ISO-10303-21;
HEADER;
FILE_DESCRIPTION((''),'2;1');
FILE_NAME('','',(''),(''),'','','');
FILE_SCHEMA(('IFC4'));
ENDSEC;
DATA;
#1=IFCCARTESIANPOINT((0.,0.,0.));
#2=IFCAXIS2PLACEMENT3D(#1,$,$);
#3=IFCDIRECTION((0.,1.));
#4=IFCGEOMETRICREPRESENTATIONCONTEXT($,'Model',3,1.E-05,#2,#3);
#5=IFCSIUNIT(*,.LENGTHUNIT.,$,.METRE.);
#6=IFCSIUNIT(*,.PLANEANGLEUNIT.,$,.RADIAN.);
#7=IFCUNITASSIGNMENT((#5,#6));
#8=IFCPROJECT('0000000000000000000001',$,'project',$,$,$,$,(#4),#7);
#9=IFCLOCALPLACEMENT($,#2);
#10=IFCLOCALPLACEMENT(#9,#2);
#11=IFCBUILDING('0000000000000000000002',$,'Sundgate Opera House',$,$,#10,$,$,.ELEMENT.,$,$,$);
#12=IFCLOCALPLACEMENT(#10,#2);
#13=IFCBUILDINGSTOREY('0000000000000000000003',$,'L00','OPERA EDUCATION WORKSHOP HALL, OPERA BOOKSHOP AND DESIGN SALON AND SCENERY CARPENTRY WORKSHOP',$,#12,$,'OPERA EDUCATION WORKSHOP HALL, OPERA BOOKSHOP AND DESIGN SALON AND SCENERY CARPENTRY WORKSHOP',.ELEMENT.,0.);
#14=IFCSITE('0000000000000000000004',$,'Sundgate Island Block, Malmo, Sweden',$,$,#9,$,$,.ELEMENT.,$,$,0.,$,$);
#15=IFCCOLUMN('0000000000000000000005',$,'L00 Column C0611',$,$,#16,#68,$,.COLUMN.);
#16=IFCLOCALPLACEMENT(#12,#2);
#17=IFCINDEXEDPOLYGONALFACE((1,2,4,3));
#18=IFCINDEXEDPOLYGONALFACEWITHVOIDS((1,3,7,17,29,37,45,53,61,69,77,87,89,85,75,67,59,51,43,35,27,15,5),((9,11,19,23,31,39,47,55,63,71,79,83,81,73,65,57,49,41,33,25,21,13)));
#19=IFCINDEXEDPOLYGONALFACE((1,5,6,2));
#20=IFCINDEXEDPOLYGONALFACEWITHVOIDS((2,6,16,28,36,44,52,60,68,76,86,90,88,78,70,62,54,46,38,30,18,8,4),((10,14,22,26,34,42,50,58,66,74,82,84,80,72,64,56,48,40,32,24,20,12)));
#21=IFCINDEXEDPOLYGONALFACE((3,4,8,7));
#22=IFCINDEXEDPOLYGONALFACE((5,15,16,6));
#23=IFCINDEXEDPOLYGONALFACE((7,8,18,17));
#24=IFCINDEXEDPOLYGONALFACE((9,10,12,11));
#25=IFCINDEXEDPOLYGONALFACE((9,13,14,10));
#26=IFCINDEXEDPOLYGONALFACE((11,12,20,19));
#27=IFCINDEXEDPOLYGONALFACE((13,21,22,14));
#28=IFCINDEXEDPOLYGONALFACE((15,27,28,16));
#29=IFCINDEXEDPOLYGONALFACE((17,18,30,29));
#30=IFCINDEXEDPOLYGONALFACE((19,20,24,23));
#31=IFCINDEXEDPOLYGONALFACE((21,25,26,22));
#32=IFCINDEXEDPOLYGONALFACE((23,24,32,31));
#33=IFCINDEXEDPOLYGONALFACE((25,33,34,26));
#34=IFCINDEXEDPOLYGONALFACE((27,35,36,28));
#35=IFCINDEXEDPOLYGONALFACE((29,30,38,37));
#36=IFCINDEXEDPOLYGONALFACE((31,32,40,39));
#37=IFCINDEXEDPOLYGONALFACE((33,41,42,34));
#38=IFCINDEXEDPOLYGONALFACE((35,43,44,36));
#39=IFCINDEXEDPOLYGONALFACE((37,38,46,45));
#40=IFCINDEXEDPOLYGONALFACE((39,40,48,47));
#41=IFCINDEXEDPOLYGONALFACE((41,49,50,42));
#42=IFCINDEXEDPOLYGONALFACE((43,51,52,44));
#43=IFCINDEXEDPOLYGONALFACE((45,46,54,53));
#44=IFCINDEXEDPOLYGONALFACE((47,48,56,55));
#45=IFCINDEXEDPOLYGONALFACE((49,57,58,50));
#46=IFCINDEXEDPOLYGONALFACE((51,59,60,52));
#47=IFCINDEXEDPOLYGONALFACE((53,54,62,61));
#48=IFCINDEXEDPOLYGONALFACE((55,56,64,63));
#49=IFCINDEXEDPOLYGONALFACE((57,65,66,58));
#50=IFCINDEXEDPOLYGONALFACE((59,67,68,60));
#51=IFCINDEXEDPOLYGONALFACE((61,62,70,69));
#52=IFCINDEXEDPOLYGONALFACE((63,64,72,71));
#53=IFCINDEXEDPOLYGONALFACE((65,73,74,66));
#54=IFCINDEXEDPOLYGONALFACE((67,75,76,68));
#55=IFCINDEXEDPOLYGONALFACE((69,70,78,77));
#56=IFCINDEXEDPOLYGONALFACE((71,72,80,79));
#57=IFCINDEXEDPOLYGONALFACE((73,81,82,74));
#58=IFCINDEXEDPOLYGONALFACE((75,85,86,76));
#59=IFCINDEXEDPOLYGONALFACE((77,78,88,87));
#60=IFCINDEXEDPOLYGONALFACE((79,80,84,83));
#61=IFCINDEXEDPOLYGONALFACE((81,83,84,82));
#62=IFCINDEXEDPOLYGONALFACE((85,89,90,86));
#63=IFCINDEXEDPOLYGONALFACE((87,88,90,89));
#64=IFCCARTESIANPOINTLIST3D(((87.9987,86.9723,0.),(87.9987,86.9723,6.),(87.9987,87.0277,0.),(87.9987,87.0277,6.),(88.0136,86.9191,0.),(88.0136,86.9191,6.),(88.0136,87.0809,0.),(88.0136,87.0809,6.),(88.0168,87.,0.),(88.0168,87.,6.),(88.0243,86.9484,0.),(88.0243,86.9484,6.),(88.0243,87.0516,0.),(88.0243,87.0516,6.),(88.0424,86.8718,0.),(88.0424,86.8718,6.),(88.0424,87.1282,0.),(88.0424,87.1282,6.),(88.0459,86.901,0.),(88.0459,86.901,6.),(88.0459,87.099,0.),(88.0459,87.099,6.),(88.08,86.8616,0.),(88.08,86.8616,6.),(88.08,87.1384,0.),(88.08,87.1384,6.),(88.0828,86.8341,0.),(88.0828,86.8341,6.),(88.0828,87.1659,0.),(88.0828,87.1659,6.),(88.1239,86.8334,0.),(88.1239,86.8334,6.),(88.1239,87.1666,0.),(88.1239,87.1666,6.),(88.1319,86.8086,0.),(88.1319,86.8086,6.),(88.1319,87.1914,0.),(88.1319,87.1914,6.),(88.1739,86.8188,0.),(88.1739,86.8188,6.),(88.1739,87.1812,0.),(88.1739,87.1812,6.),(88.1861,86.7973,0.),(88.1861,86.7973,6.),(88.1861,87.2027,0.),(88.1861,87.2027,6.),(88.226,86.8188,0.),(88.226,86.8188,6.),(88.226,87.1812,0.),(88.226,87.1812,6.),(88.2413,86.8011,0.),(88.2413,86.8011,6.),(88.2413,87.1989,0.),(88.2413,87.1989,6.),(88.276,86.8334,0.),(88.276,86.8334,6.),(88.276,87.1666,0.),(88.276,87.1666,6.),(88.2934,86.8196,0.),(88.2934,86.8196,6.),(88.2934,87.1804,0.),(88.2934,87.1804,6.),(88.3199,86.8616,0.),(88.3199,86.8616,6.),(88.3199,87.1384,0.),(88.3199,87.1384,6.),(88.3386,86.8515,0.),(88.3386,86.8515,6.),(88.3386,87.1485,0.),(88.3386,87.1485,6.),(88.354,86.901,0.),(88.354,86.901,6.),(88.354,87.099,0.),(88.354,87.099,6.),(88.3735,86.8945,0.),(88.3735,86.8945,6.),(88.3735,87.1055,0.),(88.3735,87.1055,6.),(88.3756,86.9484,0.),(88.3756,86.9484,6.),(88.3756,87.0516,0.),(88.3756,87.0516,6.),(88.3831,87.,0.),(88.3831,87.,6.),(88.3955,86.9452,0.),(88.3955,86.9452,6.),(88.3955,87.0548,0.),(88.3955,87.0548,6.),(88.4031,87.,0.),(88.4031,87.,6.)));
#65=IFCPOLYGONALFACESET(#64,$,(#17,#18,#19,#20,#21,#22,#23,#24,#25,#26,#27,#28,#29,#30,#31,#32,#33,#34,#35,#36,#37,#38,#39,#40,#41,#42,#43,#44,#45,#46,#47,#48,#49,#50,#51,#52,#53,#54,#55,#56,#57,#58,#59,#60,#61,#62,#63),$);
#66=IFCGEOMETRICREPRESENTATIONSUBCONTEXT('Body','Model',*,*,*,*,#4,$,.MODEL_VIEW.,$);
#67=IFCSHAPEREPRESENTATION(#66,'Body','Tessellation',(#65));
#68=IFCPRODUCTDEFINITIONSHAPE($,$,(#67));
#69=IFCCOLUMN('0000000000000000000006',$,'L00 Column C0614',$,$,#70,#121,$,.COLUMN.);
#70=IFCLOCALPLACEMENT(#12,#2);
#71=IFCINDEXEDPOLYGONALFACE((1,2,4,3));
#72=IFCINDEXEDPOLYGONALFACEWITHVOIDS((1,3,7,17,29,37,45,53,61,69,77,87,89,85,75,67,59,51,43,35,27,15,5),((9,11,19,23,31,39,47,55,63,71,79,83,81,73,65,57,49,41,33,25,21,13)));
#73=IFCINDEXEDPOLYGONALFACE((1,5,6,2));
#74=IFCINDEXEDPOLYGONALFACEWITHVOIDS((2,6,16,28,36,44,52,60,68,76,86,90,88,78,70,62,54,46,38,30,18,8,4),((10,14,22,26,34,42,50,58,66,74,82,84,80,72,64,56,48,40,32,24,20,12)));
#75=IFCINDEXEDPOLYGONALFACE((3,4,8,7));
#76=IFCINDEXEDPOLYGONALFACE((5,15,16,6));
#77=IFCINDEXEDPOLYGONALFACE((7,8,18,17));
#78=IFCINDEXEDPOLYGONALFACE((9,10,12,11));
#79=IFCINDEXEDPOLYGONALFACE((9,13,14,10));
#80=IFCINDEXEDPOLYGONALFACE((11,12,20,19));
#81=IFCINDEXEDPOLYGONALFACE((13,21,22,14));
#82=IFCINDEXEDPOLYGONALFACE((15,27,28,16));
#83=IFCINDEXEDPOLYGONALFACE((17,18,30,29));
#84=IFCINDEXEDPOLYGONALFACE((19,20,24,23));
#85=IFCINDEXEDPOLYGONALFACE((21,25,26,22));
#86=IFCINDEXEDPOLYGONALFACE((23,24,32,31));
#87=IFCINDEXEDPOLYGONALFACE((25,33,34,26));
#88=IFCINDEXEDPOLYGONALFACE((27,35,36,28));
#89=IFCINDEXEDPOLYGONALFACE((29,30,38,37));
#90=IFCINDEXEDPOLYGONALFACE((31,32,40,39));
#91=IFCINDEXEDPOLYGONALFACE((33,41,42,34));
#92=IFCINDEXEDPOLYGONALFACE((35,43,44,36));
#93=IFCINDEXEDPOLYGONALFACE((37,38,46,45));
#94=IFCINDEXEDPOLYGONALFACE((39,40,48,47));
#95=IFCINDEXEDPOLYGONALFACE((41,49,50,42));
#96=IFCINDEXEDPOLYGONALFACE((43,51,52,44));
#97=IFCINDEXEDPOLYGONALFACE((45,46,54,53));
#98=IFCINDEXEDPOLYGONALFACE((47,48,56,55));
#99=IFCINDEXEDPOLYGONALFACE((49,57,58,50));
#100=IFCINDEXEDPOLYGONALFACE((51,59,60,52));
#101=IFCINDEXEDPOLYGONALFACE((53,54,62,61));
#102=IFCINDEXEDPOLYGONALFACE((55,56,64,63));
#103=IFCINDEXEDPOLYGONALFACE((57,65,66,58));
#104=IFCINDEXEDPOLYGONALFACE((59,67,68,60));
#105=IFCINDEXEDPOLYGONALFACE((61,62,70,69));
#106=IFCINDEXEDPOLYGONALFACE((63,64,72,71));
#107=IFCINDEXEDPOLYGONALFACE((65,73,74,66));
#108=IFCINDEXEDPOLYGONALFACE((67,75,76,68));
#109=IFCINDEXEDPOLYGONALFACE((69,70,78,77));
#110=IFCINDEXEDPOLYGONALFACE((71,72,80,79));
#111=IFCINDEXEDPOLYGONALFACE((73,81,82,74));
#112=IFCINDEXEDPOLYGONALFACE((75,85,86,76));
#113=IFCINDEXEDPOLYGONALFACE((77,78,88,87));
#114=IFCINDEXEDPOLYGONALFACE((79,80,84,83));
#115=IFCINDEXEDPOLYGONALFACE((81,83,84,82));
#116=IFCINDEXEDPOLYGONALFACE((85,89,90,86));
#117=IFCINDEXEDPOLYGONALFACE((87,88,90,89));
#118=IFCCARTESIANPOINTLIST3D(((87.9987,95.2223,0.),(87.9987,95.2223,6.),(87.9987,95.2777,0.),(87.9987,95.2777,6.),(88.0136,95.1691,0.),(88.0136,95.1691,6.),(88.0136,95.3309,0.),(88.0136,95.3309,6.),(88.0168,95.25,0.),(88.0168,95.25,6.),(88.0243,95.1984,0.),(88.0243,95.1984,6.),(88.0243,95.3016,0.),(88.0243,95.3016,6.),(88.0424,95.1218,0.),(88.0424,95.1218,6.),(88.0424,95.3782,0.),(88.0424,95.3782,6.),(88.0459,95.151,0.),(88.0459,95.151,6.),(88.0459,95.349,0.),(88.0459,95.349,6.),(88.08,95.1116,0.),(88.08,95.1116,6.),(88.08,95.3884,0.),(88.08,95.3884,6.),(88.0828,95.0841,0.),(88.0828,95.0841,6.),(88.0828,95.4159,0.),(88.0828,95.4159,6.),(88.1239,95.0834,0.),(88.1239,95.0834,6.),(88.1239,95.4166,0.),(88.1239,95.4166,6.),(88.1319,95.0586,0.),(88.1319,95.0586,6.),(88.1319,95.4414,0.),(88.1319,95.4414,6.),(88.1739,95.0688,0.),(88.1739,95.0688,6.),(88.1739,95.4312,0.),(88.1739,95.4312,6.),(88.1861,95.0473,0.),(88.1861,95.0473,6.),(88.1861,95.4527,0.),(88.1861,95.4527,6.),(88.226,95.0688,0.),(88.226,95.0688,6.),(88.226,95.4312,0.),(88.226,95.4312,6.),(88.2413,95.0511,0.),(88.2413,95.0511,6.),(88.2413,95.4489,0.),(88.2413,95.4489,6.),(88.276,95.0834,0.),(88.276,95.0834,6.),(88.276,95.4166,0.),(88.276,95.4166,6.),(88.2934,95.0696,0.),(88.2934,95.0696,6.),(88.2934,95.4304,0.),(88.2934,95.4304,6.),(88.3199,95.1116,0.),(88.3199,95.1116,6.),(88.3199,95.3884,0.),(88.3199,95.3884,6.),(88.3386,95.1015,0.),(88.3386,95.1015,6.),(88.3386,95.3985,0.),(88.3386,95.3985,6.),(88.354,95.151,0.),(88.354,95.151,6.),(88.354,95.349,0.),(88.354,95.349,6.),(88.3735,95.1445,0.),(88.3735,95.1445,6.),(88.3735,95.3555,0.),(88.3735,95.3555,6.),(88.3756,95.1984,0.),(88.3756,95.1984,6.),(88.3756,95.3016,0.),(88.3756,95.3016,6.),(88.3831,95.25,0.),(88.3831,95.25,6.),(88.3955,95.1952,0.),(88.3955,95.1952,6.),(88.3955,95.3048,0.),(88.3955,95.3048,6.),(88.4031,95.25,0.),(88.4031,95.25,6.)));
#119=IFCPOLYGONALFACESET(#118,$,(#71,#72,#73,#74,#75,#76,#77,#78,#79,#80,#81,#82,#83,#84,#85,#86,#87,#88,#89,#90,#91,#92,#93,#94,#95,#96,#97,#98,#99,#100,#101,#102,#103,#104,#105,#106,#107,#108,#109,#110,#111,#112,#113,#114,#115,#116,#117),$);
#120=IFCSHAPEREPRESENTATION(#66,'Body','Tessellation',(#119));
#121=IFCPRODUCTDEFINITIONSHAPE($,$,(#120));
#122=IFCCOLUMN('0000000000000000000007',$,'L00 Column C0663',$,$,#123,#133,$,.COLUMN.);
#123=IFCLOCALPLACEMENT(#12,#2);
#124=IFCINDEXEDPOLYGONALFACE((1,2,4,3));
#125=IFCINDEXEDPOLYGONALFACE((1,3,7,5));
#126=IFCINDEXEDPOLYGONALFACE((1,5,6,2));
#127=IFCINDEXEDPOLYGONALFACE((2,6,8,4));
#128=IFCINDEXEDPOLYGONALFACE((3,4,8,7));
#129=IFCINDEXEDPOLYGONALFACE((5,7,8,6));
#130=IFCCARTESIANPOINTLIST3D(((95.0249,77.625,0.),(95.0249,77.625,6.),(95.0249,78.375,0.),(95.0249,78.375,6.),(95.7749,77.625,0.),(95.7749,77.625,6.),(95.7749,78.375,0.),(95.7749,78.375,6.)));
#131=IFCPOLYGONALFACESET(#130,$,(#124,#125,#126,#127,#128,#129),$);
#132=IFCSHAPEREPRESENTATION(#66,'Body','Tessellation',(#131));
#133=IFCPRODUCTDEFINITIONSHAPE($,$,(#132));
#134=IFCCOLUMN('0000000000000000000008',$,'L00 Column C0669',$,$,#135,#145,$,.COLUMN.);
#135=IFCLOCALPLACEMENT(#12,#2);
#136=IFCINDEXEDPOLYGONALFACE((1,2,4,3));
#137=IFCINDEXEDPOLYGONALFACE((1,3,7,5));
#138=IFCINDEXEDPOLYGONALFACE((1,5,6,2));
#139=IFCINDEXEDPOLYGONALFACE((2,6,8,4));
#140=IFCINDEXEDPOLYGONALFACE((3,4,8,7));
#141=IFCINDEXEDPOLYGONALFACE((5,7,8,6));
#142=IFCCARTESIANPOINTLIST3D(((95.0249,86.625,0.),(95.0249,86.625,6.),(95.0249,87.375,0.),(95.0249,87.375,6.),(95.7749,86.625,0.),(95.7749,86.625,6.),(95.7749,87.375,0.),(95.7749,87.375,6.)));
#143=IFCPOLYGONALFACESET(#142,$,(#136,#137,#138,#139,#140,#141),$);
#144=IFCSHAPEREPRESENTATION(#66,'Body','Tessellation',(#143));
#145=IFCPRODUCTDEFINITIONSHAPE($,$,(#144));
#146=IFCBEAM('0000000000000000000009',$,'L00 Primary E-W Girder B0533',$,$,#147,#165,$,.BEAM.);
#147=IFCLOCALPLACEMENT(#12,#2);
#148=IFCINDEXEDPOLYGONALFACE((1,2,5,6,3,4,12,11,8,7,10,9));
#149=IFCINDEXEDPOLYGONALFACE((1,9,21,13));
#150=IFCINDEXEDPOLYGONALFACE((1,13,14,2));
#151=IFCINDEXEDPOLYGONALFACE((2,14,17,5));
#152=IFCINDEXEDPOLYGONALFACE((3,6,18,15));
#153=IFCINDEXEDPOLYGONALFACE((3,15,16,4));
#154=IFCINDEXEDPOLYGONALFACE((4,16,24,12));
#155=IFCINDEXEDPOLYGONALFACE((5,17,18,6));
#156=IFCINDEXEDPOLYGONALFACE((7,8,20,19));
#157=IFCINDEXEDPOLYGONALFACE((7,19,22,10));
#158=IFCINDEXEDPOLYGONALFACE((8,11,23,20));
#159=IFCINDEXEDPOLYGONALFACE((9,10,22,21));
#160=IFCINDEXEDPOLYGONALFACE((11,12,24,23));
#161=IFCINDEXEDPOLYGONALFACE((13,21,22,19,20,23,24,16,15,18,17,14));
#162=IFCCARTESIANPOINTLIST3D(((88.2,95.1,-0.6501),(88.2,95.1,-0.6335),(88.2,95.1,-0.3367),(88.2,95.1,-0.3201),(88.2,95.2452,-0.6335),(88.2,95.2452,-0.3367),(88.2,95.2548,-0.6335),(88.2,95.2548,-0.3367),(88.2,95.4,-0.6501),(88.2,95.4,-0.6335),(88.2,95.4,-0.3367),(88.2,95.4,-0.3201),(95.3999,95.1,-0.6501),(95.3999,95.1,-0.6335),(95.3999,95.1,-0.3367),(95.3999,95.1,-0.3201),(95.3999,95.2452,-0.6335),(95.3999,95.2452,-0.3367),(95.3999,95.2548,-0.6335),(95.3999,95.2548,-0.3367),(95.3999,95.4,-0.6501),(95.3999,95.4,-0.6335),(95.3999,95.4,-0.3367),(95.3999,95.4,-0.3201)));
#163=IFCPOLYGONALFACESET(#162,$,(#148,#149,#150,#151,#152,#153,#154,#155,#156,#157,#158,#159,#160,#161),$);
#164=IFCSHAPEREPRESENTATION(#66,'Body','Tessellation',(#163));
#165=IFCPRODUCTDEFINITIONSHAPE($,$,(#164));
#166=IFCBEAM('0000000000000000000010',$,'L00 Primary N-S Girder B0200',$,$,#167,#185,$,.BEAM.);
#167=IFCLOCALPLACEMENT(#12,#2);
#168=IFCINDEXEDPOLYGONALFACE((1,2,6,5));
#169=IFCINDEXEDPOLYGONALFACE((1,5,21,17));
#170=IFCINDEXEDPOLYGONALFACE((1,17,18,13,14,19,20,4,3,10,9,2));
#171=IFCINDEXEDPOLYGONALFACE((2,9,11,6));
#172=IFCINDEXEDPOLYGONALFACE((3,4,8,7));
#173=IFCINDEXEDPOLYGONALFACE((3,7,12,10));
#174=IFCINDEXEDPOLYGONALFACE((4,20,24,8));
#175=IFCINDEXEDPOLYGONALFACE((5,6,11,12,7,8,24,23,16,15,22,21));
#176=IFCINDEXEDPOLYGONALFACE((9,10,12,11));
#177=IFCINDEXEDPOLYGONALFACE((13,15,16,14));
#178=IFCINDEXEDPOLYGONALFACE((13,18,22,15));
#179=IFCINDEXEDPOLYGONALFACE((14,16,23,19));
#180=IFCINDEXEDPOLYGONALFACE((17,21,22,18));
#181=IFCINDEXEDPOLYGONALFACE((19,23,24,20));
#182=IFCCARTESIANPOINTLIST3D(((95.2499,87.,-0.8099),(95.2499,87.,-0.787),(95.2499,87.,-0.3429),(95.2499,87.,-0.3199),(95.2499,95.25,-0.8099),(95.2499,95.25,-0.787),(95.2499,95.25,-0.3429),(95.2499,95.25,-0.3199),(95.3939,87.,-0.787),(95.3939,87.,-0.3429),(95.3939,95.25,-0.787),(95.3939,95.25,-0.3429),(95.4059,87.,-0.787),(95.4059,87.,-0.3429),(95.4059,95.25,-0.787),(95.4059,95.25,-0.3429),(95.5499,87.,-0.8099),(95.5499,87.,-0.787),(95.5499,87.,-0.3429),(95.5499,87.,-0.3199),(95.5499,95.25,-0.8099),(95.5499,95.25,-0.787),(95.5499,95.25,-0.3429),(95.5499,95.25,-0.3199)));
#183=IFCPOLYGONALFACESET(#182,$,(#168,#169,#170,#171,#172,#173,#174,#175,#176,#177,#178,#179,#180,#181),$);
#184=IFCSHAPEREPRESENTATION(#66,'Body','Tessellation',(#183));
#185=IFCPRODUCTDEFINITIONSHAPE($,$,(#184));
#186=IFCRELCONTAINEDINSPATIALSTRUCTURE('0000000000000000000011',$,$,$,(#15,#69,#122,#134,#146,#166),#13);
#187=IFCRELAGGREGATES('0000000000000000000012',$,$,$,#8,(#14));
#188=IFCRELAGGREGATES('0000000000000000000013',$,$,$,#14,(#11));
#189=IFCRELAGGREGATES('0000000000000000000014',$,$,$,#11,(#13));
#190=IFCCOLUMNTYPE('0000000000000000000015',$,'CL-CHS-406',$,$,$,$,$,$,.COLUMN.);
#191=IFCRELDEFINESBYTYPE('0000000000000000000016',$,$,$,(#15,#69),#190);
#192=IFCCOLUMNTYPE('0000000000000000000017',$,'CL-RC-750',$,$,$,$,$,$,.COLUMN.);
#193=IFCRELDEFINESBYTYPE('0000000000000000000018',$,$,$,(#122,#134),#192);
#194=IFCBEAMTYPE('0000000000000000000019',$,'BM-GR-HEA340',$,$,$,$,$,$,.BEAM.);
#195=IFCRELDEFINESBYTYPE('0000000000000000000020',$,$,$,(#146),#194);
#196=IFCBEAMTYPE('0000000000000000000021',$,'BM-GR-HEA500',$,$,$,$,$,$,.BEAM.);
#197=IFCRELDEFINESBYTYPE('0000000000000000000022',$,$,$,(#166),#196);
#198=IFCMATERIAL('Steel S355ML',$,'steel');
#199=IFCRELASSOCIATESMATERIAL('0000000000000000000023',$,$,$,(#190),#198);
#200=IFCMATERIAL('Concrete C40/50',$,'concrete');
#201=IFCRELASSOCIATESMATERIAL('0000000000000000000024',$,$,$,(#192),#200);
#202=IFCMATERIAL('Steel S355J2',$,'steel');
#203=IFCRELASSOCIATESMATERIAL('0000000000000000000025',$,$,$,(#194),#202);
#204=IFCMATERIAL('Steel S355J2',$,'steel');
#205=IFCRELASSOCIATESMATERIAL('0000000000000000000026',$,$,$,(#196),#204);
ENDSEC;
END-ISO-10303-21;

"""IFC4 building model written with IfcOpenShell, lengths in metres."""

from ifc_helpers import new_model, si_unit, direction, frame, origin, origin_2d, place, context, subcontext, project, spatial, rectangle, hollow_circle, i_section, extrude, material, material_profile, profile_set, type_object, element, save


model = new_model("IFC4")

# Units and contexts
model_context = context("Model", 3, precision=1e-05, world=origin(), true_north=direction((0.0, 1.0)))
body_context = subcontext(model_context, "Body", "Model", "MODEL_VIEW")
ifc_project = project(units=[si_unit("LENGTHUNIT", "METRE"), si_unit("PLANEANGLEUNIT", "RADIAN")], contexts=[model_context])

# Site, building, storey
site_placement = place(None, origin())
site = spatial("IfcSite", under=ifc_project, at=site_placement, Name="Sundgate Island Block, Malmo, Sweden", CompositionType="ELEMENT", RefElevation=0.0)
building_placement = place(site_placement, origin())
building = spatial("IfcBuilding", under=site, at=building_placement, Name="Sundgate Opera House", CompositionType="ELEMENT")
storey_placement = place(building_placement, origin())
storey = spatial("IfcBuildingStorey", under=building, at=storey_placement, Name="L00", Description="OPERA EDUCATION WORKSHOP HALL, OPERA BOOKSHOP AND DESIGN SALON AND SCENERY CARPENTRY WORKSHOP", LongName="OPERA EDUCATION WORKSHOP HALL, OPERA BOOKSHOP AND DESIGN SALON AND SCENERY CARPENTRY WORKSHOP", CompositionType="ELEMENT", Elevation=0.0)

# Columns
ifc_material_1 = material(Name="Steel S355ML", Category="steel")
ifc_material_profile_1 = material_profile(ifc_material_1, hollow_circle(Radius=0.2031, WallThickness=0.02, at=origin_2d()), Name="CHS 406.4x20.0")
ifc_profile_set_1 = profile_set([ifc_material_profile_1], Name="Steel S355ML")
column_type_1 = type_object("IfcColumnType", Name="CL-CHS-406", PredefinedType="COLUMN", material=ifc_profile_set_1)
for number, where, z_axis, x_axis, name in (
    (1, (88.2, 87.0, 0.0), (0.0, 0.0, 1.0), (1.0, 0.0, 0.0), "L00 Column C0611"),
    (2, (88.2, 95.25, 0.0), (0.0, 0.0, 1.0), (1.0, 0.0, 0.0), "L00 Column C0614"),
):
    element("IfcColumn", number, at=place(storey_placement, frame(where, z_axis=z_axis, x_axis=x_axis)), inside=storey, type_object=column_type_1, Name=name, PredefinedType="COLUMN", context=body_context, shape_type="SweptSolid", body=[
        extrude(hollow_circle(Radius=0.2031, WallThickness=0.02, at=origin_2d()), origin(), (0.0, 0.0, 1.0), 6.0),
    ])
ifc_material_2 = material(Name="Concrete C40/50", Category="concrete")
ifc_material_profile_2 = material_profile(ifc_material_2, rectangle(XDim=0.75, YDim=0.75, at=origin_2d()), Name="RC 750x750")
ifc_profile_set_2 = profile_set([ifc_material_profile_2], Name="Concrete C40/50")
column_type_2 = type_object("IfcColumnType", Name="CL-RC-750", PredefinedType="COLUMN", material=ifc_profile_set_2)
for number, where, z_axis, x_axis, name in (
    (3, (95.3999, 78.0, 0.0), (0.0, 0.0, 1.0), (1.0, 0.0, 0.0), "L00 Column C0663"),
    (4, (95.3999, 87.0, 0.0), (0.0, 0.0, 1.0), (1.0, 0.0, 0.0), "L00 Column C0669"),
):
    element("IfcColumn", number, at=place(storey_placement, frame(where, z_axis=z_axis, x_axis=x_axis)), inside=storey, type_object=column_type_2, Name=name, PredefinedType="COLUMN", context=body_context, shape_type="SweptSolid", body=[
        extrude(rectangle(XDim=0.75, YDim=0.75, at=origin_2d()), origin(), (0.0, 0.0, 1.0), 6.0),
    ])

# Beams
ifc_material_3 = material(Name="Steel S355J2", Category="steel")
ifc_material_profile_3 = material_profile(ifc_material_3, i_section(OverallWidth=0.3, OverallDepth=0.3301, WebThickness=0.0095, FlangeThickness=0.0166, at=origin_2d()), Name="HEA 340")
ifc_profile_set_3 = profile_set([ifc_material_profile_3], Name="Steel S355J2")
beam_type_1 = type_object("IfcBeamType", Name="BM-GR-HEA340", PredefinedType="BEAM", material=ifc_profile_set_3)
beam_1_placement = place(storey_placement, frame((88.2, 95.25, -0.4851), z_axis=(1.0, 0.0, 0.0), x_axis=(0.0, 1.0, 0.0)))
element("IfcBeam", 5, at=beam_1_placement, inside=storey, type_object=beam_type_1, Name="L00 Primary E-W Girder B0533", PredefinedType="BEAM", context=body_context, shape_type="SweptSolid", body=[
    extrude(i_section(OverallWidth=0.3, OverallDepth=0.3301, WebThickness=0.0095, FlangeThickness=0.0166, at=origin_2d()), origin(), (0.0, 0.0, 1.0), 7.2),
])
ifc_material_4 = material(Name="Steel S355J2", Category="steel")
ifc_material_profile_4 = material_profile(ifc_material_4, i_section(OverallWidth=0.3, OverallDepth=0.49, WebThickness=0.012, FlangeThickness=0.0229, at=origin_2d()), Name="HEA 500")
ifc_profile_set_4 = profile_set([ifc_material_profile_4], Name="Steel S355J2")
beam_type_2 = type_object("IfcBeamType", Name="BM-GR-HEA500", PredefinedType="BEAM", material=ifc_profile_set_4)
beam_2_placement = place(storey_placement, frame((95.3999, 87.0, -0.5649), z_axis=(0.0, 1.0, 0.0), x_axis=(-1.0, 0.0, 0.0)))
element("IfcBeam", 6, at=beam_2_placement, inside=storey, type_object=beam_type_2, Name="L00 Primary N-S Girder B0200", PredefinedType="BEAM", context=body_context, shape_type="SweptSolid", body=[
    extrude(i_section(OverallWidth=0.3, OverallDepth=0.49, WebThickness=0.012, FlangeThickness=0.0229, at=origin_2d()), origin(), (0.0, 0.0, 1.0), 8.25),
])

save(model, "model.ifc")
